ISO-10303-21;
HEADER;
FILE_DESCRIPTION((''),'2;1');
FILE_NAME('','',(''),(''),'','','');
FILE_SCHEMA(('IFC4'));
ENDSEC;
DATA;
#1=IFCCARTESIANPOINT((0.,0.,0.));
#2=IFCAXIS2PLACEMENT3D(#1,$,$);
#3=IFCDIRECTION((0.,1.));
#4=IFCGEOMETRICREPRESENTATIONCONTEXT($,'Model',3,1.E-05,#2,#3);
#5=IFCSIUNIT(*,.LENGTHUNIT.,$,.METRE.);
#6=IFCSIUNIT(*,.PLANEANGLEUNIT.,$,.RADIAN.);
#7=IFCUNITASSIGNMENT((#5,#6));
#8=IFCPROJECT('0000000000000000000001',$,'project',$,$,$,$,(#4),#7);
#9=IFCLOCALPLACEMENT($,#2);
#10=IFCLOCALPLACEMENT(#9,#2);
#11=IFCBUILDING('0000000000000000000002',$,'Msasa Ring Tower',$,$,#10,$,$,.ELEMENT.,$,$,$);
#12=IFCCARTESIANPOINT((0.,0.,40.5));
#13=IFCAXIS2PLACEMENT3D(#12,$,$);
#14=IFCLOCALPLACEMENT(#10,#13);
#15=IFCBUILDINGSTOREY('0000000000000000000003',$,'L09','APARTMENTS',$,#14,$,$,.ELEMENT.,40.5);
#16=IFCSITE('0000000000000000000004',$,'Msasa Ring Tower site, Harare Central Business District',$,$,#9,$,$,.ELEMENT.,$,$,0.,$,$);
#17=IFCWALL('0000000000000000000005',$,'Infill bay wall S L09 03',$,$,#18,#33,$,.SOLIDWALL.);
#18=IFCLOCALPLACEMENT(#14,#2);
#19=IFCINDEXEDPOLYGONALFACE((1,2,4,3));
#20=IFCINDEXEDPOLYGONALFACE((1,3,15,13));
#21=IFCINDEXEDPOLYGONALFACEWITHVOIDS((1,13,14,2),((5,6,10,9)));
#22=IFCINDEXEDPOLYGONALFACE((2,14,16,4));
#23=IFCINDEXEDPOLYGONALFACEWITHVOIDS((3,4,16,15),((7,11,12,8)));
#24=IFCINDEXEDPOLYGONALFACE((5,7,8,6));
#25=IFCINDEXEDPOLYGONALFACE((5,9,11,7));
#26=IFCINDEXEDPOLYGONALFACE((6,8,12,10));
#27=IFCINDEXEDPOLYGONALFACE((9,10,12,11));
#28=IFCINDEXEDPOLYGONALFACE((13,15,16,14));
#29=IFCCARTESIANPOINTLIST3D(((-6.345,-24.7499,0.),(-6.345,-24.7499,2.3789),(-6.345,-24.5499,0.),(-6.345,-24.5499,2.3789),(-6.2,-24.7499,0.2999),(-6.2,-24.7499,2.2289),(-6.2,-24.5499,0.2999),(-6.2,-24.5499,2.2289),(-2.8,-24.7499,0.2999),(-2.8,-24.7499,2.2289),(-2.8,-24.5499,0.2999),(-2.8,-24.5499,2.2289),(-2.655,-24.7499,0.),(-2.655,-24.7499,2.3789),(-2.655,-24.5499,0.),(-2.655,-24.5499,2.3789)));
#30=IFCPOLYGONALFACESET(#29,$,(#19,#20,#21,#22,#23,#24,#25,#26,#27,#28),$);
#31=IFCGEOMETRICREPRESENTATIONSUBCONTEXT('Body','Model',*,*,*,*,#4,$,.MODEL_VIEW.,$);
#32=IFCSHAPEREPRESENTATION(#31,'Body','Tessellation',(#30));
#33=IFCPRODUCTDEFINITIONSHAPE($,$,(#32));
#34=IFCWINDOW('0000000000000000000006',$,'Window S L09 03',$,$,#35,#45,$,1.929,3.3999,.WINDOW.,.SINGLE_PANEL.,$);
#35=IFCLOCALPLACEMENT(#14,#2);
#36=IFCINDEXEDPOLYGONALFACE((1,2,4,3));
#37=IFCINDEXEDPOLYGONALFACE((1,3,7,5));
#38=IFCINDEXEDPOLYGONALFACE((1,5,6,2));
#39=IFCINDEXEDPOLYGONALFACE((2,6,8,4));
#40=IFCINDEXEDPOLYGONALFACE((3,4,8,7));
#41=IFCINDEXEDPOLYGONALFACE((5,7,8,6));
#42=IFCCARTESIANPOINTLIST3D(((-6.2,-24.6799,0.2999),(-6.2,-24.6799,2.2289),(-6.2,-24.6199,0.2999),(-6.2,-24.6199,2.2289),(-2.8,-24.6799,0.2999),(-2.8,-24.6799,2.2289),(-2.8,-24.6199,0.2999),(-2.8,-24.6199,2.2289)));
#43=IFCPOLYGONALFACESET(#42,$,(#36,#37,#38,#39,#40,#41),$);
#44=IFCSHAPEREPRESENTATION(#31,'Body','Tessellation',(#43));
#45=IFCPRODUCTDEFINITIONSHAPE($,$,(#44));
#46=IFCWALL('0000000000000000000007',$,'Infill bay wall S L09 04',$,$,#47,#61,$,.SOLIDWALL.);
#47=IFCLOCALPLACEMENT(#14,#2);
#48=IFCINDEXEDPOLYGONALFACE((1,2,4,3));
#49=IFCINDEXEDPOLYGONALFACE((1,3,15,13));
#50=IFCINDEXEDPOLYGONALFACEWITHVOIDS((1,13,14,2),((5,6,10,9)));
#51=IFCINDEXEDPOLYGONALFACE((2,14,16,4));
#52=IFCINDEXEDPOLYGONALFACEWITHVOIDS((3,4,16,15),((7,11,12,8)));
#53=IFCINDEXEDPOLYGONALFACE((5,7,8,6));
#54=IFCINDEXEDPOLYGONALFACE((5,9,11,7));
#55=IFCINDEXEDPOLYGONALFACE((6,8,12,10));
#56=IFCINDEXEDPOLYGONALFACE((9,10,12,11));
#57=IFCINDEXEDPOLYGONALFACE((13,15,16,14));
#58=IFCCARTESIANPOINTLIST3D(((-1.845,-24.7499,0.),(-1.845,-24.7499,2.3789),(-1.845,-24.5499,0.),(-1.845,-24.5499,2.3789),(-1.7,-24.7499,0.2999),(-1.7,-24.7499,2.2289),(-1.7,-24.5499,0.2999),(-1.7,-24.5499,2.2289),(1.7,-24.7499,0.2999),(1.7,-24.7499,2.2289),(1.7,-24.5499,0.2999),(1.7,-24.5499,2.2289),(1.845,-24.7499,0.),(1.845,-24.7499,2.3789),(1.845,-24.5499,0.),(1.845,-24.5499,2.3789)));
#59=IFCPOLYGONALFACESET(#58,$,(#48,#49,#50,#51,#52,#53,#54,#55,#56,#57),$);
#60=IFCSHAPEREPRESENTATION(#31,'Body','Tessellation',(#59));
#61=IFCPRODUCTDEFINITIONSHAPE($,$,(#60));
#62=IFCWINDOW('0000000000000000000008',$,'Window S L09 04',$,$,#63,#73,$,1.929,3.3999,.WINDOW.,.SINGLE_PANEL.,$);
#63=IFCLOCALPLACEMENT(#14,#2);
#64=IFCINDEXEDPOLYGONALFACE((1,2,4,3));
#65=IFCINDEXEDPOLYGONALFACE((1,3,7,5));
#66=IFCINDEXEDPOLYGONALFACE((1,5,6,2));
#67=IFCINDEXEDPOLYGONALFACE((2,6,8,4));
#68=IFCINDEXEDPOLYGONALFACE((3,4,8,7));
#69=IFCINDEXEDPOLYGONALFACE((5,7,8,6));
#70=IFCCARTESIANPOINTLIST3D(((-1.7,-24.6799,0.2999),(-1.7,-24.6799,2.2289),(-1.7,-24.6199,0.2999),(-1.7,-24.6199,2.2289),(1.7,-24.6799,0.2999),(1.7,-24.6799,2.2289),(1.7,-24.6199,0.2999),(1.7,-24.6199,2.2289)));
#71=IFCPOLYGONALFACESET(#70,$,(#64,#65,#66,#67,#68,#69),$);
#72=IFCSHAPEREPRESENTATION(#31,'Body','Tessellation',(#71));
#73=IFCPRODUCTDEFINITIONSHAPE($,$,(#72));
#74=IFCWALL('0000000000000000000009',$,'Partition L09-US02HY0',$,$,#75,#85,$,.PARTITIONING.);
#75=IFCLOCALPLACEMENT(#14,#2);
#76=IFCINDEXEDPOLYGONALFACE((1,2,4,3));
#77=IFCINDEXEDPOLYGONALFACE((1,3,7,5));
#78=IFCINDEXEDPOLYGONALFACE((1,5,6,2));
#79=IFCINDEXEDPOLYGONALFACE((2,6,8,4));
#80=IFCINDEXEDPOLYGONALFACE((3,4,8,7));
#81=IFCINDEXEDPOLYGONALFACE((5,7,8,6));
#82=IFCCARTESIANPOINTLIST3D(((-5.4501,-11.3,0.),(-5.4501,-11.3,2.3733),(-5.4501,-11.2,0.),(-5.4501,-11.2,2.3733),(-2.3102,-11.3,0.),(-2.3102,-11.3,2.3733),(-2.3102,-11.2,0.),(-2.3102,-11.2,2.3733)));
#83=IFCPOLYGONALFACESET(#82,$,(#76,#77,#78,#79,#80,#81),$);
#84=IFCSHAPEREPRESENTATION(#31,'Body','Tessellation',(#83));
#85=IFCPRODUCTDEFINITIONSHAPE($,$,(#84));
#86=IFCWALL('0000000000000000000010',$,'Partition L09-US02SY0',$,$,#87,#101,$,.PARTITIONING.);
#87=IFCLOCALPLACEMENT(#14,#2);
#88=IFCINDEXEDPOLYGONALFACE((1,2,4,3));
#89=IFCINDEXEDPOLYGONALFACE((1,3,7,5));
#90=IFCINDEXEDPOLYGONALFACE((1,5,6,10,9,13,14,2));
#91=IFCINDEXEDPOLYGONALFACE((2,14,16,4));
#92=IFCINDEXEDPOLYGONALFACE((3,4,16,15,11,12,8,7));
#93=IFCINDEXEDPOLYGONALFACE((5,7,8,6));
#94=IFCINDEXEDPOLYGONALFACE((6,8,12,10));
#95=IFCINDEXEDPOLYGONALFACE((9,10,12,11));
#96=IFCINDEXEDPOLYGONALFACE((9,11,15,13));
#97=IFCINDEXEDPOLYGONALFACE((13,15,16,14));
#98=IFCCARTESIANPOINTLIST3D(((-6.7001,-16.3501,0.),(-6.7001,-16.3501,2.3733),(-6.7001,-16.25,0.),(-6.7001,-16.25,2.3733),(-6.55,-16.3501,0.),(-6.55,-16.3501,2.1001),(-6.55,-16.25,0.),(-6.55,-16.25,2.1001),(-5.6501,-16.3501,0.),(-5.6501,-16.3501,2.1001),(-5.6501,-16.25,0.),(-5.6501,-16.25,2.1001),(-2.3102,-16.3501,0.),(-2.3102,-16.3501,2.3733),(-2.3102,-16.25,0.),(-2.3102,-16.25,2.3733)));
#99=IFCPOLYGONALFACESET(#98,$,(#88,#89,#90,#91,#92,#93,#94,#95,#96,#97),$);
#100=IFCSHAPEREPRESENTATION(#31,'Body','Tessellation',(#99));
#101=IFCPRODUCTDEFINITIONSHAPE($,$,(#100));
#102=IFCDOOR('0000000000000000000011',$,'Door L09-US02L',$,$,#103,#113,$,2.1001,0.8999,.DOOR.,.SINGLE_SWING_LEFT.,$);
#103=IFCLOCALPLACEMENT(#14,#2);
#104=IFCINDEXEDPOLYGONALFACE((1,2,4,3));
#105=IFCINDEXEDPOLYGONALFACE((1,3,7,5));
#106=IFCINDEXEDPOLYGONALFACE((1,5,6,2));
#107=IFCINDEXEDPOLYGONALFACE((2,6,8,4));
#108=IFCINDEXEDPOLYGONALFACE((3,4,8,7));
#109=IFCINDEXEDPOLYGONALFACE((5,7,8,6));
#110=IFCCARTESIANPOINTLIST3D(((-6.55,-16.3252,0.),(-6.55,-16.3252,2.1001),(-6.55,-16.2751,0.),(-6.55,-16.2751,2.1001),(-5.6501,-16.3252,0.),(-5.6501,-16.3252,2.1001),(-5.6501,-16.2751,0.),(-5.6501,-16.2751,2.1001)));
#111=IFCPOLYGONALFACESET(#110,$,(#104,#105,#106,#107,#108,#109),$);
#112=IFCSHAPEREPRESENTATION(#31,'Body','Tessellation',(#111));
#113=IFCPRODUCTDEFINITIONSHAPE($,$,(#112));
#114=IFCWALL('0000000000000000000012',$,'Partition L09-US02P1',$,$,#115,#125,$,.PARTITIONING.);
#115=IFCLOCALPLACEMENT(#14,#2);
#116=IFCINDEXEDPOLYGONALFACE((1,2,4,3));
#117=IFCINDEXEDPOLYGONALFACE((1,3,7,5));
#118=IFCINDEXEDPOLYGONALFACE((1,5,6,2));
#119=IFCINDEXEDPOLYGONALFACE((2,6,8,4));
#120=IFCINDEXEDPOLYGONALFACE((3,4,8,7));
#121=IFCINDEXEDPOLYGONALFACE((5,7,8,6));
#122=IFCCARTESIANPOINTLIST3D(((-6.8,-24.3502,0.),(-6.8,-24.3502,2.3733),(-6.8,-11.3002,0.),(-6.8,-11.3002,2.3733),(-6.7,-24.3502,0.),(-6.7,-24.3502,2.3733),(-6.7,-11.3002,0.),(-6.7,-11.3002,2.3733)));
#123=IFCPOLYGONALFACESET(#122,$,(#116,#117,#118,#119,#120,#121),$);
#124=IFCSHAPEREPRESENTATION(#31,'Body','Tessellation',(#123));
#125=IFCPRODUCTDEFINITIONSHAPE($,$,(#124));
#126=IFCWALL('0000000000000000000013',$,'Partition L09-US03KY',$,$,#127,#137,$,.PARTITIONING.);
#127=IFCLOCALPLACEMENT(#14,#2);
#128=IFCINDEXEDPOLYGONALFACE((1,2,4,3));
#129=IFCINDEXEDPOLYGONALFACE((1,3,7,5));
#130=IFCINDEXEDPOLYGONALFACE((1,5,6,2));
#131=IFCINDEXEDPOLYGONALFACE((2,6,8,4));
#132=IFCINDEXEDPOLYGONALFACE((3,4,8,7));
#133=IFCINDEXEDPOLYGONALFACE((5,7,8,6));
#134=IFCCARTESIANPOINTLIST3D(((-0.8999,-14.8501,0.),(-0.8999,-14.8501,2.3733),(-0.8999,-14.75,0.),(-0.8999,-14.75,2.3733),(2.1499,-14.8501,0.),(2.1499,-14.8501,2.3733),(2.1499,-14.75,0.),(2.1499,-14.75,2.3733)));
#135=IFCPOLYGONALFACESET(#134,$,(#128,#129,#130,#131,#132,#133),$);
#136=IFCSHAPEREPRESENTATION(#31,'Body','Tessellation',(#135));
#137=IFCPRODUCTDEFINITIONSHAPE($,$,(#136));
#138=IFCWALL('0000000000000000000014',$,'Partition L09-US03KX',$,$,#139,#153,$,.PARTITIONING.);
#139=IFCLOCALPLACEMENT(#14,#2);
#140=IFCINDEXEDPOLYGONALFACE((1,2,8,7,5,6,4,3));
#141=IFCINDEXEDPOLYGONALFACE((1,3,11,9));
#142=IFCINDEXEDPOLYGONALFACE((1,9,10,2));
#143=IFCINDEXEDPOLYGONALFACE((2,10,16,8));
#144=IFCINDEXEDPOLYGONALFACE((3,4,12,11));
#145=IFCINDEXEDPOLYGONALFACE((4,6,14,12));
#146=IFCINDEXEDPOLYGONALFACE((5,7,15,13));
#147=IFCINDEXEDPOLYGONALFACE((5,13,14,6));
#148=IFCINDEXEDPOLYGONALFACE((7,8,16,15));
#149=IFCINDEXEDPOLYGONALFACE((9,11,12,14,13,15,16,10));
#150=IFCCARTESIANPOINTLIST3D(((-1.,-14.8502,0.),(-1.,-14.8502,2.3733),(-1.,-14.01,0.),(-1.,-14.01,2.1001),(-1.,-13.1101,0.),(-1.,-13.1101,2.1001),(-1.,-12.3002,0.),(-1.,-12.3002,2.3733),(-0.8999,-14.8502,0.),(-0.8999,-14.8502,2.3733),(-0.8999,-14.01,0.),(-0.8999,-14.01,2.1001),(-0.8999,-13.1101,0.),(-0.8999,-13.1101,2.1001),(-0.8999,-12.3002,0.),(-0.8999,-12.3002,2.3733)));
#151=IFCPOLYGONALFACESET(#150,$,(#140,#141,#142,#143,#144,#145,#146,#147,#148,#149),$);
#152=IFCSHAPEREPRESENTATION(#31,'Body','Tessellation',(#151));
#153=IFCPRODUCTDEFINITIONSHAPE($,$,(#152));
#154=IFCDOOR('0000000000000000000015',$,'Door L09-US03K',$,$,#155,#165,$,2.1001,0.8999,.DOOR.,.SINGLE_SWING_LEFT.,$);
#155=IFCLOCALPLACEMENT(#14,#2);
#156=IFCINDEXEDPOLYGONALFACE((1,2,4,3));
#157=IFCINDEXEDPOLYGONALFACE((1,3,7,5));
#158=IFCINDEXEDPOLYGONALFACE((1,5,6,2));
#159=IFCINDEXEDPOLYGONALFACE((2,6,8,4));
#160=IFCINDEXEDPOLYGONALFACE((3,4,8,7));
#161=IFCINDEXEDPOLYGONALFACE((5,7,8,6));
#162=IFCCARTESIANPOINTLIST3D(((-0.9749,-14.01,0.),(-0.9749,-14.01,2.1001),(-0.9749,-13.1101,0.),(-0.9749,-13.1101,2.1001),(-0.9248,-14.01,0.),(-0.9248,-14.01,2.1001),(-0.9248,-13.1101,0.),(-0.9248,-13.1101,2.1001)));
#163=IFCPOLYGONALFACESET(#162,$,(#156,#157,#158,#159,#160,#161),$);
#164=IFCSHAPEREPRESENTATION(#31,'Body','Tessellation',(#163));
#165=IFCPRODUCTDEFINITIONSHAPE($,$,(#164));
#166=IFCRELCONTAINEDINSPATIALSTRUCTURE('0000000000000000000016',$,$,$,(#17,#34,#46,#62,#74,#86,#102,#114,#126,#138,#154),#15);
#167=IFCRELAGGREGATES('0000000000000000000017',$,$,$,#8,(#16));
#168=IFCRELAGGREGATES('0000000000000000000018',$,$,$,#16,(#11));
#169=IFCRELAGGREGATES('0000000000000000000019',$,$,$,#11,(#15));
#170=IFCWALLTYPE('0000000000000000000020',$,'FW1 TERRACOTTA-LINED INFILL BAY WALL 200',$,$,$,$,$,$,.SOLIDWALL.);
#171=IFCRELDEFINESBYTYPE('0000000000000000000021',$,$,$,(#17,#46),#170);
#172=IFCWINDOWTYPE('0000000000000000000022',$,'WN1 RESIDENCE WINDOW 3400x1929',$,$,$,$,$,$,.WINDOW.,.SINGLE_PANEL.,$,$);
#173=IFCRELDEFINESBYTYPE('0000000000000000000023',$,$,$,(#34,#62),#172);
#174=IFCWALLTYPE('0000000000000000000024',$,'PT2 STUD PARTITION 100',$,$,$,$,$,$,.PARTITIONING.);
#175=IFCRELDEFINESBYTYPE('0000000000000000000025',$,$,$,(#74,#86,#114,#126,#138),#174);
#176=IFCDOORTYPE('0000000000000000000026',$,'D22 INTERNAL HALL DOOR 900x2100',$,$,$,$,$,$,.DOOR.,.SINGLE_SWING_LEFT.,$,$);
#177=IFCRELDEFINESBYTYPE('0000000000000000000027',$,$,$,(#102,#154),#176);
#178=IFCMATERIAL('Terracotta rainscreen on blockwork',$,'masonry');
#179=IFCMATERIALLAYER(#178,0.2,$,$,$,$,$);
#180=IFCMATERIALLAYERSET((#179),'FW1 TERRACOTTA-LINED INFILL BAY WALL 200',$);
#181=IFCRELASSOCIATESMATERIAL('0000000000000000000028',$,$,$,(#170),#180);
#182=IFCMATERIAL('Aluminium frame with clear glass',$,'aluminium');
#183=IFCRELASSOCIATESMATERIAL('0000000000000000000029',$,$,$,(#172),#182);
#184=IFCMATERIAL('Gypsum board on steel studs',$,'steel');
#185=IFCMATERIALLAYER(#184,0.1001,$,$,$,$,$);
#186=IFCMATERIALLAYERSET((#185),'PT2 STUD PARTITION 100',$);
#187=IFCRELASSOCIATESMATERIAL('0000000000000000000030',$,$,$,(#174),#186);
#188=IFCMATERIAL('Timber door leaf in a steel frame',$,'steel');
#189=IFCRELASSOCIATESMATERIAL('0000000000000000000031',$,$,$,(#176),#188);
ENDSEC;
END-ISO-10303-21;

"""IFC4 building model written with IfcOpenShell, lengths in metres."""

from ifc_helpers import new_model, si_unit, direction, frame, frame_2d, origin, place, context, subcontext, project, spatial, rectangle, extrude, material, layer, layer_set, type_object, element, fill, save


model = new_model("IFC4")

# Units and contexts
model_context = context("Model", 3, precision=1e-05, world=origin(), true_north=direction((0.0, 1.0)))
body_context = subcontext(model_context, "Body", "Model", "MODEL_VIEW")
ifc_project = project(units=[si_unit("LENGTHUNIT", "METRE"), si_unit("PLANEANGLEUNIT", "RADIAN")], contexts=[model_context])

# Site, building, storey
site_placement = place(None, origin())
site = spatial("IfcSite", under=ifc_project, at=site_placement, Name="Msasa Ring Tower site, Harare Central Business District", CompositionType="ELEMENT", RefElevation=0.0)
building_placement = place(site_placement, origin())
building = spatial("IfcBuilding", under=site, at=building_placement, Name="Msasa Ring Tower", CompositionType="ELEMENT")
storey_placement = place(building_placement, frame((0.0, 0.0, 40.5)))
storey = spatial("IfcBuildingStorey", under=building, at=storey_placement, Name="L09", Description="APARTMENTS", CompositionType="ELEMENT", Elevation=40.5)

# Walls, openings, windows
ifc_material_1 = material(Name="Terracotta rainscreen on blockwork", Category="masonry")
ifc_layer_1 = layer(ifc_material_1, 0.2)
ifc_layer_set_1 = layer_set([ifc_layer_1], Name="FW1 TERRACOTTA-LINED INFILL BAY WALL 200")
wall_type_1 = type_object("IfcWallType", Name="FW1 TERRACOTTA-LINED INFILL BAY WALL 200", PredefinedType="SOLIDWALL", material=ifc_layer_set_1)
wall_1_placement = place(storey_placement, frame((-6.345, -24.6499, 0.0), z_axis=(0.0, 0.0, 1.0), x_axis=(1.0, 0.0, 0.0)))
wall_1 = element("IfcWall", 1, at=wall_1_placement, inside=storey, type_object=wall_type_1, Name="Infill bay wall S L09 03", PredefinedType="SOLIDWALL", context=body_context, shape_type="SweptSolid", body=[
    extrude(rectangle(XDim=3.6899, YDim=0.2, at=frame_2d((1.845, 0.0))), origin(), (0.0, 0.0, 1.0), 2.3789),
])
opening_1_placement = place(wall_1_placement, frame((0.145, 0.0, 0.3)))
opening_1 = element("IfcOpeningElement", 2, at=opening_1_placement, cuts=wall_1, PredefinedType="OPENING", context=body_context, shape_type="SweptSolid", body=[
    extrude(rectangle(XDim=3.3999, YDim=1.929, at=frame_2d((1.7, 0.9644))), frame((0.0, 0.1099, 0.0), z_axis=(0.0, -1.0, 0.0), x_axis=(1.0, 0.0, 0.0)), (0.0, 0.0, 1.0), 0.22),
])
ifc_material_2 = material(Name="Aluminium frame with clear glass", Category="aluminium")
window_type = type_object("IfcWindowType", Name="WN1 RESIDENCE WINDOW 3400x1929", PartitioningType="SINGLE_PANEL", PredefinedType="WINDOW", material=ifc_material_2)
window_1_placement = place(opening_1_placement, origin())
window_1 = element("IfcWindow", 3, at=window_1_placement, inside=storey, type_object=window_type, Name="Window S L09 03", OverallHeight=1.929, OverallWidth=3.3999, PartitioningType="SINGLE_PANEL", PredefinedType="WINDOW", context=body_context, shape_type="SweptSolid", body=[
    extrude(rectangle(XDim=3.3999, YDim=1.929, at=frame_2d((1.7, 0.9644))), frame((0.0, 0.03, 0.0), z_axis=(0.0, -1.0, 0.0), x_axis=(1.0, 0.0, 0.0)), (0.0, 0.0, 1.0), 0.0601),
])
fill(opening_1, window_1)
wall_2_placement = place(storey_placement, frame((-1.845, -24.6499, 0.0), z_axis=(0.0, 0.0, 1.0), x_axis=(1.0, 0.0, 0.0)))
wall_2 = element("IfcWall", 4, at=wall_2_placement, inside=storey, type_object=wall_type_1, Name="Infill bay wall S L09 04", PredefinedType="SOLIDWALL", context=body_context, shape_type="SweptSolid", body=[
    extrude(rectangle(XDim=3.6899, YDim=0.2, at=frame_2d((1.845, 0.0))), origin(), (0.0, 0.0, 1.0), 2.3789),
])
opening_2_placement = place(wall_2_placement, frame((0.145, 0.0, 0.3)))
opening_2 = element("IfcOpeningElement", 5, at=opening_2_placement, cuts=wall_2, PredefinedType="OPENING", context=body_context, shape_type="SweptSolid", body=[
    extrude(rectangle(XDim=3.3999, YDim=1.929, at=frame_2d((1.7, 0.9644))), frame((0.0, 0.1099, 0.0), z_axis=(0.0, -1.0, 0.0), x_axis=(1.0, 0.0, 0.0)), (0.0, 0.0, 1.0), 0.22),
])
window_2_placement = place(opening_2_placement, origin())
window_2 = element("IfcWindow", 6, at=window_2_placement, inside=storey, type_object=window_type, Name="Window S L09 04", OverallHeight=1.929, OverallWidth=3.3999, PartitioningType="SINGLE_PANEL", PredefinedType="WINDOW", context=body_context, shape_type="SweptSolid", body=[
    extrude(rectangle(XDim=3.3999, YDim=1.929, at=frame_2d((1.7, 0.9644))), frame((0.0, 0.03, 0.0), z_axis=(0.0, -1.0, 0.0), x_axis=(1.0, 0.0, 0.0)), (0.0, 0.0, 1.0), 0.0601),
])
fill(opening_2, window_2)

# Wall
ifc_material_3 = material(Name="Gypsum board on steel studs", Category="steel")
ifc_layer_2 = layer(ifc_material_3, 0.1001)
ifc_layer_set_2 = layer_set([ifc_layer_2], Name="PT2 STUD PARTITION 100")
wall_type_2 = type_object("IfcWallType", Name="PT2 STUD PARTITION 100", PredefinedType="PARTITIONING", material=ifc_layer_set_2)
wall_3_placement = place(storey_placement, frame((-5.45, -11.25, 0.0), z_axis=(0.0, 0.0, 1.0), x_axis=(1.0, 0.0, 0.0)))
element("IfcWall", 7, at=wall_3_placement, inside=storey, type_object=wall_type_2, Name="Partition L09-US02HY0", PredefinedType="PARTITIONING", context=body_context, shape_type="SweptSolid", body=[
    extrude(rectangle(XDim=3.1399, YDim=0.1001, at=frame_2d((1.5698, 0.0))), origin(), (0.0, 0.0, 1.0), 2.3733),
])

# Wall, opening, door
wall_4_placement = place(storey_placement, frame((-6.7, -16.3, 0.0), z_axis=(0.0, 0.0, 1.0), x_axis=(1.0, 0.0, 0.0)))
wall_4 = element("IfcWall", 8, at=wall_4_placement, inside=storey, type_object=wall_type_2, Name="Partition L09-US02SY0", PredefinedType="PARTITIONING", context=body_context, shape_type="SweptSolid", body=[
    extrude(rectangle(XDim=4.3899, YDim=0.1001, at=frame_2d((2.1948, 0.0))), origin(), (0.0, 0.0, 1.0), 2.3733),
])
opening_3_placement = place(wall_4_placement, frame((0.1499, 0.0, 0.0)))
opening_3 = element("IfcOpeningElement", 9, at=opening_3_placement, cuts=wall_4, PredefinedType="OPENING", context=body_context, shape_type="SweptSolid", body=[
    extrude(rectangle(XDim=0.8999, YDim=2.1001, at=frame_2d((0.45, 1.05))), frame((0.0, 0.0601, 0.0), z_axis=(0.0, -1.0, 0.0), x_axis=(1.0, 0.0, 0.0)), (0.0, 0.0, 1.0), 0.1201),
])
ifc_material_4 = material(Name="Timber door leaf in a steel frame", Category="steel")
door_type_1 = type_object("IfcDoorType", Name="D22 INTERNAL HALL DOOR 900x2100", OperationType="SINGLE_SWING_LEFT", PredefinedType="DOOR", material=ifc_material_4)
door_1_placement = place(opening_3_placement, origin())
door_1 = element("IfcDoor", 10, at=door_1_placement, inside=storey, type_object=door_type_1, Name="Door L09-US02L", OperationType="SINGLE_SWING_LEFT", OverallHeight=2.1001, OverallWidth=0.8999, PredefinedType="DOOR", context=body_context, shape_type="SweptSolid", body=[
    extrude(rectangle(XDim=0.8999, YDim=2.1001, at=frame_2d((0.45, 1.05))), frame((0.0, 0.0249, 0.0), z_axis=(0.0, -1.0, 0.0), x_axis=(1.0, 0.0, 0.0)), (0.0, 0.0, 1.0), 0.05),
])
fill(opening_3, door_1)

# Walls
wall_5_placement = place(storey_placement, frame((-6.75, -24.3501, 0.0), z_axis=(0.0, 0.0, 1.0), x_axis=(0.0, 1.0, 0.0)))
element("IfcWall", 11, at=wall_5_placement, inside=storey, type_object=wall_type_2, Name="Partition L09-US02P1", PredefinedType="PARTITIONING", context=body_context, shape_type="SweptSolid", body=[
    extrude(rectangle(XDim=13.05, YDim=0.1001, at=frame_2d((6.5249, 0.0))), origin(), (0.0, 0.0, 1.0), 2.3733),
])
wall_6_placement = place(storey_placement, frame((-0.8999, -14.8, 0.0), z_axis=(0.0, 0.0, 1.0), x_axis=(1.0, 0.0, 0.0)))
element("IfcWall", 12, at=wall_6_placement, inside=storey, type_object=wall_type_2, Name="Partition L09-US03KY", PredefinedType="PARTITIONING", context=body_context, shape_type="SweptSolid", body=[
    extrude(rectangle(XDim=3.0498, YDim=0.1001, at=frame_2d((1.5249, 0.0))), origin(), (0.0, 0.0, 1.0), 2.3733),
])

# Wall, opening, door
wall_7_placement = place(storey_placement, frame((-0.95, -14.8501, 0.0), z_axis=(0.0, 0.0, 1.0), x_axis=(0.0, 1.0, 0.0)))
wall_7 = element("IfcWall", 13, at=wall_7_placement, inside=storey, type_object=wall_type_2, Name="Partition L09-US03KX", PredefinedType="PARTITIONING", context=body_context, shape_type="SweptSolid", body=[
    extrude(rectangle(XDim=2.55, YDim=0.1001, at=frame_2d((1.2749, 0.0))), origin(), (0.0, 0.0, 1.0), 2.3733),
])
opening_4_placement = place(wall_7_placement, frame((0.8401, 0.0, 0.0)))
opening_4 = element("IfcOpeningElement", 14, at=opening_4_placement, cuts=wall_7, PredefinedType="OPENING", context=body_context, shape_type="SweptSolid", body=[
    extrude(rectangle(XDim=0.8999, YDim=2.1001, at=frame_2d((0.45, 1.05))), frame((0.0, 0.0601, 0.0), z_axis=(0.0, -1.0, 0.0), x_axis=(1.0, 0.0, 0.0)), (0.0, 0.0, 1.0), 0.1201),
])
door_2_placement = place(opening_4_placement, origin())
door_2 = element("IfcDoor", 15, at=door_2_placement, inside=storey, type_object=door_type_1, Name="Door L09-US03K", OperationType="SINGLE_SWING_LEFT", OverallHeight=2.1001, OverallWidth=0.8999, PredefinedType="DOOR", context=body_context, shape_type="SweptSolid", body=[
    extrude(rectangle(XDim=0.8999, YDim=2.1001, at=frame_2d((0.45, 1.05))), frame((0.0, 0.0249, 0.0), z_axis=(0.0, -1.0, 0.0), x_axis=(1.0, 0.0, 0.0)), (0.0, 0.0, 1.0), 0.05),
])
fill(opening_4, door_2)

save(model, "model.ifc")
